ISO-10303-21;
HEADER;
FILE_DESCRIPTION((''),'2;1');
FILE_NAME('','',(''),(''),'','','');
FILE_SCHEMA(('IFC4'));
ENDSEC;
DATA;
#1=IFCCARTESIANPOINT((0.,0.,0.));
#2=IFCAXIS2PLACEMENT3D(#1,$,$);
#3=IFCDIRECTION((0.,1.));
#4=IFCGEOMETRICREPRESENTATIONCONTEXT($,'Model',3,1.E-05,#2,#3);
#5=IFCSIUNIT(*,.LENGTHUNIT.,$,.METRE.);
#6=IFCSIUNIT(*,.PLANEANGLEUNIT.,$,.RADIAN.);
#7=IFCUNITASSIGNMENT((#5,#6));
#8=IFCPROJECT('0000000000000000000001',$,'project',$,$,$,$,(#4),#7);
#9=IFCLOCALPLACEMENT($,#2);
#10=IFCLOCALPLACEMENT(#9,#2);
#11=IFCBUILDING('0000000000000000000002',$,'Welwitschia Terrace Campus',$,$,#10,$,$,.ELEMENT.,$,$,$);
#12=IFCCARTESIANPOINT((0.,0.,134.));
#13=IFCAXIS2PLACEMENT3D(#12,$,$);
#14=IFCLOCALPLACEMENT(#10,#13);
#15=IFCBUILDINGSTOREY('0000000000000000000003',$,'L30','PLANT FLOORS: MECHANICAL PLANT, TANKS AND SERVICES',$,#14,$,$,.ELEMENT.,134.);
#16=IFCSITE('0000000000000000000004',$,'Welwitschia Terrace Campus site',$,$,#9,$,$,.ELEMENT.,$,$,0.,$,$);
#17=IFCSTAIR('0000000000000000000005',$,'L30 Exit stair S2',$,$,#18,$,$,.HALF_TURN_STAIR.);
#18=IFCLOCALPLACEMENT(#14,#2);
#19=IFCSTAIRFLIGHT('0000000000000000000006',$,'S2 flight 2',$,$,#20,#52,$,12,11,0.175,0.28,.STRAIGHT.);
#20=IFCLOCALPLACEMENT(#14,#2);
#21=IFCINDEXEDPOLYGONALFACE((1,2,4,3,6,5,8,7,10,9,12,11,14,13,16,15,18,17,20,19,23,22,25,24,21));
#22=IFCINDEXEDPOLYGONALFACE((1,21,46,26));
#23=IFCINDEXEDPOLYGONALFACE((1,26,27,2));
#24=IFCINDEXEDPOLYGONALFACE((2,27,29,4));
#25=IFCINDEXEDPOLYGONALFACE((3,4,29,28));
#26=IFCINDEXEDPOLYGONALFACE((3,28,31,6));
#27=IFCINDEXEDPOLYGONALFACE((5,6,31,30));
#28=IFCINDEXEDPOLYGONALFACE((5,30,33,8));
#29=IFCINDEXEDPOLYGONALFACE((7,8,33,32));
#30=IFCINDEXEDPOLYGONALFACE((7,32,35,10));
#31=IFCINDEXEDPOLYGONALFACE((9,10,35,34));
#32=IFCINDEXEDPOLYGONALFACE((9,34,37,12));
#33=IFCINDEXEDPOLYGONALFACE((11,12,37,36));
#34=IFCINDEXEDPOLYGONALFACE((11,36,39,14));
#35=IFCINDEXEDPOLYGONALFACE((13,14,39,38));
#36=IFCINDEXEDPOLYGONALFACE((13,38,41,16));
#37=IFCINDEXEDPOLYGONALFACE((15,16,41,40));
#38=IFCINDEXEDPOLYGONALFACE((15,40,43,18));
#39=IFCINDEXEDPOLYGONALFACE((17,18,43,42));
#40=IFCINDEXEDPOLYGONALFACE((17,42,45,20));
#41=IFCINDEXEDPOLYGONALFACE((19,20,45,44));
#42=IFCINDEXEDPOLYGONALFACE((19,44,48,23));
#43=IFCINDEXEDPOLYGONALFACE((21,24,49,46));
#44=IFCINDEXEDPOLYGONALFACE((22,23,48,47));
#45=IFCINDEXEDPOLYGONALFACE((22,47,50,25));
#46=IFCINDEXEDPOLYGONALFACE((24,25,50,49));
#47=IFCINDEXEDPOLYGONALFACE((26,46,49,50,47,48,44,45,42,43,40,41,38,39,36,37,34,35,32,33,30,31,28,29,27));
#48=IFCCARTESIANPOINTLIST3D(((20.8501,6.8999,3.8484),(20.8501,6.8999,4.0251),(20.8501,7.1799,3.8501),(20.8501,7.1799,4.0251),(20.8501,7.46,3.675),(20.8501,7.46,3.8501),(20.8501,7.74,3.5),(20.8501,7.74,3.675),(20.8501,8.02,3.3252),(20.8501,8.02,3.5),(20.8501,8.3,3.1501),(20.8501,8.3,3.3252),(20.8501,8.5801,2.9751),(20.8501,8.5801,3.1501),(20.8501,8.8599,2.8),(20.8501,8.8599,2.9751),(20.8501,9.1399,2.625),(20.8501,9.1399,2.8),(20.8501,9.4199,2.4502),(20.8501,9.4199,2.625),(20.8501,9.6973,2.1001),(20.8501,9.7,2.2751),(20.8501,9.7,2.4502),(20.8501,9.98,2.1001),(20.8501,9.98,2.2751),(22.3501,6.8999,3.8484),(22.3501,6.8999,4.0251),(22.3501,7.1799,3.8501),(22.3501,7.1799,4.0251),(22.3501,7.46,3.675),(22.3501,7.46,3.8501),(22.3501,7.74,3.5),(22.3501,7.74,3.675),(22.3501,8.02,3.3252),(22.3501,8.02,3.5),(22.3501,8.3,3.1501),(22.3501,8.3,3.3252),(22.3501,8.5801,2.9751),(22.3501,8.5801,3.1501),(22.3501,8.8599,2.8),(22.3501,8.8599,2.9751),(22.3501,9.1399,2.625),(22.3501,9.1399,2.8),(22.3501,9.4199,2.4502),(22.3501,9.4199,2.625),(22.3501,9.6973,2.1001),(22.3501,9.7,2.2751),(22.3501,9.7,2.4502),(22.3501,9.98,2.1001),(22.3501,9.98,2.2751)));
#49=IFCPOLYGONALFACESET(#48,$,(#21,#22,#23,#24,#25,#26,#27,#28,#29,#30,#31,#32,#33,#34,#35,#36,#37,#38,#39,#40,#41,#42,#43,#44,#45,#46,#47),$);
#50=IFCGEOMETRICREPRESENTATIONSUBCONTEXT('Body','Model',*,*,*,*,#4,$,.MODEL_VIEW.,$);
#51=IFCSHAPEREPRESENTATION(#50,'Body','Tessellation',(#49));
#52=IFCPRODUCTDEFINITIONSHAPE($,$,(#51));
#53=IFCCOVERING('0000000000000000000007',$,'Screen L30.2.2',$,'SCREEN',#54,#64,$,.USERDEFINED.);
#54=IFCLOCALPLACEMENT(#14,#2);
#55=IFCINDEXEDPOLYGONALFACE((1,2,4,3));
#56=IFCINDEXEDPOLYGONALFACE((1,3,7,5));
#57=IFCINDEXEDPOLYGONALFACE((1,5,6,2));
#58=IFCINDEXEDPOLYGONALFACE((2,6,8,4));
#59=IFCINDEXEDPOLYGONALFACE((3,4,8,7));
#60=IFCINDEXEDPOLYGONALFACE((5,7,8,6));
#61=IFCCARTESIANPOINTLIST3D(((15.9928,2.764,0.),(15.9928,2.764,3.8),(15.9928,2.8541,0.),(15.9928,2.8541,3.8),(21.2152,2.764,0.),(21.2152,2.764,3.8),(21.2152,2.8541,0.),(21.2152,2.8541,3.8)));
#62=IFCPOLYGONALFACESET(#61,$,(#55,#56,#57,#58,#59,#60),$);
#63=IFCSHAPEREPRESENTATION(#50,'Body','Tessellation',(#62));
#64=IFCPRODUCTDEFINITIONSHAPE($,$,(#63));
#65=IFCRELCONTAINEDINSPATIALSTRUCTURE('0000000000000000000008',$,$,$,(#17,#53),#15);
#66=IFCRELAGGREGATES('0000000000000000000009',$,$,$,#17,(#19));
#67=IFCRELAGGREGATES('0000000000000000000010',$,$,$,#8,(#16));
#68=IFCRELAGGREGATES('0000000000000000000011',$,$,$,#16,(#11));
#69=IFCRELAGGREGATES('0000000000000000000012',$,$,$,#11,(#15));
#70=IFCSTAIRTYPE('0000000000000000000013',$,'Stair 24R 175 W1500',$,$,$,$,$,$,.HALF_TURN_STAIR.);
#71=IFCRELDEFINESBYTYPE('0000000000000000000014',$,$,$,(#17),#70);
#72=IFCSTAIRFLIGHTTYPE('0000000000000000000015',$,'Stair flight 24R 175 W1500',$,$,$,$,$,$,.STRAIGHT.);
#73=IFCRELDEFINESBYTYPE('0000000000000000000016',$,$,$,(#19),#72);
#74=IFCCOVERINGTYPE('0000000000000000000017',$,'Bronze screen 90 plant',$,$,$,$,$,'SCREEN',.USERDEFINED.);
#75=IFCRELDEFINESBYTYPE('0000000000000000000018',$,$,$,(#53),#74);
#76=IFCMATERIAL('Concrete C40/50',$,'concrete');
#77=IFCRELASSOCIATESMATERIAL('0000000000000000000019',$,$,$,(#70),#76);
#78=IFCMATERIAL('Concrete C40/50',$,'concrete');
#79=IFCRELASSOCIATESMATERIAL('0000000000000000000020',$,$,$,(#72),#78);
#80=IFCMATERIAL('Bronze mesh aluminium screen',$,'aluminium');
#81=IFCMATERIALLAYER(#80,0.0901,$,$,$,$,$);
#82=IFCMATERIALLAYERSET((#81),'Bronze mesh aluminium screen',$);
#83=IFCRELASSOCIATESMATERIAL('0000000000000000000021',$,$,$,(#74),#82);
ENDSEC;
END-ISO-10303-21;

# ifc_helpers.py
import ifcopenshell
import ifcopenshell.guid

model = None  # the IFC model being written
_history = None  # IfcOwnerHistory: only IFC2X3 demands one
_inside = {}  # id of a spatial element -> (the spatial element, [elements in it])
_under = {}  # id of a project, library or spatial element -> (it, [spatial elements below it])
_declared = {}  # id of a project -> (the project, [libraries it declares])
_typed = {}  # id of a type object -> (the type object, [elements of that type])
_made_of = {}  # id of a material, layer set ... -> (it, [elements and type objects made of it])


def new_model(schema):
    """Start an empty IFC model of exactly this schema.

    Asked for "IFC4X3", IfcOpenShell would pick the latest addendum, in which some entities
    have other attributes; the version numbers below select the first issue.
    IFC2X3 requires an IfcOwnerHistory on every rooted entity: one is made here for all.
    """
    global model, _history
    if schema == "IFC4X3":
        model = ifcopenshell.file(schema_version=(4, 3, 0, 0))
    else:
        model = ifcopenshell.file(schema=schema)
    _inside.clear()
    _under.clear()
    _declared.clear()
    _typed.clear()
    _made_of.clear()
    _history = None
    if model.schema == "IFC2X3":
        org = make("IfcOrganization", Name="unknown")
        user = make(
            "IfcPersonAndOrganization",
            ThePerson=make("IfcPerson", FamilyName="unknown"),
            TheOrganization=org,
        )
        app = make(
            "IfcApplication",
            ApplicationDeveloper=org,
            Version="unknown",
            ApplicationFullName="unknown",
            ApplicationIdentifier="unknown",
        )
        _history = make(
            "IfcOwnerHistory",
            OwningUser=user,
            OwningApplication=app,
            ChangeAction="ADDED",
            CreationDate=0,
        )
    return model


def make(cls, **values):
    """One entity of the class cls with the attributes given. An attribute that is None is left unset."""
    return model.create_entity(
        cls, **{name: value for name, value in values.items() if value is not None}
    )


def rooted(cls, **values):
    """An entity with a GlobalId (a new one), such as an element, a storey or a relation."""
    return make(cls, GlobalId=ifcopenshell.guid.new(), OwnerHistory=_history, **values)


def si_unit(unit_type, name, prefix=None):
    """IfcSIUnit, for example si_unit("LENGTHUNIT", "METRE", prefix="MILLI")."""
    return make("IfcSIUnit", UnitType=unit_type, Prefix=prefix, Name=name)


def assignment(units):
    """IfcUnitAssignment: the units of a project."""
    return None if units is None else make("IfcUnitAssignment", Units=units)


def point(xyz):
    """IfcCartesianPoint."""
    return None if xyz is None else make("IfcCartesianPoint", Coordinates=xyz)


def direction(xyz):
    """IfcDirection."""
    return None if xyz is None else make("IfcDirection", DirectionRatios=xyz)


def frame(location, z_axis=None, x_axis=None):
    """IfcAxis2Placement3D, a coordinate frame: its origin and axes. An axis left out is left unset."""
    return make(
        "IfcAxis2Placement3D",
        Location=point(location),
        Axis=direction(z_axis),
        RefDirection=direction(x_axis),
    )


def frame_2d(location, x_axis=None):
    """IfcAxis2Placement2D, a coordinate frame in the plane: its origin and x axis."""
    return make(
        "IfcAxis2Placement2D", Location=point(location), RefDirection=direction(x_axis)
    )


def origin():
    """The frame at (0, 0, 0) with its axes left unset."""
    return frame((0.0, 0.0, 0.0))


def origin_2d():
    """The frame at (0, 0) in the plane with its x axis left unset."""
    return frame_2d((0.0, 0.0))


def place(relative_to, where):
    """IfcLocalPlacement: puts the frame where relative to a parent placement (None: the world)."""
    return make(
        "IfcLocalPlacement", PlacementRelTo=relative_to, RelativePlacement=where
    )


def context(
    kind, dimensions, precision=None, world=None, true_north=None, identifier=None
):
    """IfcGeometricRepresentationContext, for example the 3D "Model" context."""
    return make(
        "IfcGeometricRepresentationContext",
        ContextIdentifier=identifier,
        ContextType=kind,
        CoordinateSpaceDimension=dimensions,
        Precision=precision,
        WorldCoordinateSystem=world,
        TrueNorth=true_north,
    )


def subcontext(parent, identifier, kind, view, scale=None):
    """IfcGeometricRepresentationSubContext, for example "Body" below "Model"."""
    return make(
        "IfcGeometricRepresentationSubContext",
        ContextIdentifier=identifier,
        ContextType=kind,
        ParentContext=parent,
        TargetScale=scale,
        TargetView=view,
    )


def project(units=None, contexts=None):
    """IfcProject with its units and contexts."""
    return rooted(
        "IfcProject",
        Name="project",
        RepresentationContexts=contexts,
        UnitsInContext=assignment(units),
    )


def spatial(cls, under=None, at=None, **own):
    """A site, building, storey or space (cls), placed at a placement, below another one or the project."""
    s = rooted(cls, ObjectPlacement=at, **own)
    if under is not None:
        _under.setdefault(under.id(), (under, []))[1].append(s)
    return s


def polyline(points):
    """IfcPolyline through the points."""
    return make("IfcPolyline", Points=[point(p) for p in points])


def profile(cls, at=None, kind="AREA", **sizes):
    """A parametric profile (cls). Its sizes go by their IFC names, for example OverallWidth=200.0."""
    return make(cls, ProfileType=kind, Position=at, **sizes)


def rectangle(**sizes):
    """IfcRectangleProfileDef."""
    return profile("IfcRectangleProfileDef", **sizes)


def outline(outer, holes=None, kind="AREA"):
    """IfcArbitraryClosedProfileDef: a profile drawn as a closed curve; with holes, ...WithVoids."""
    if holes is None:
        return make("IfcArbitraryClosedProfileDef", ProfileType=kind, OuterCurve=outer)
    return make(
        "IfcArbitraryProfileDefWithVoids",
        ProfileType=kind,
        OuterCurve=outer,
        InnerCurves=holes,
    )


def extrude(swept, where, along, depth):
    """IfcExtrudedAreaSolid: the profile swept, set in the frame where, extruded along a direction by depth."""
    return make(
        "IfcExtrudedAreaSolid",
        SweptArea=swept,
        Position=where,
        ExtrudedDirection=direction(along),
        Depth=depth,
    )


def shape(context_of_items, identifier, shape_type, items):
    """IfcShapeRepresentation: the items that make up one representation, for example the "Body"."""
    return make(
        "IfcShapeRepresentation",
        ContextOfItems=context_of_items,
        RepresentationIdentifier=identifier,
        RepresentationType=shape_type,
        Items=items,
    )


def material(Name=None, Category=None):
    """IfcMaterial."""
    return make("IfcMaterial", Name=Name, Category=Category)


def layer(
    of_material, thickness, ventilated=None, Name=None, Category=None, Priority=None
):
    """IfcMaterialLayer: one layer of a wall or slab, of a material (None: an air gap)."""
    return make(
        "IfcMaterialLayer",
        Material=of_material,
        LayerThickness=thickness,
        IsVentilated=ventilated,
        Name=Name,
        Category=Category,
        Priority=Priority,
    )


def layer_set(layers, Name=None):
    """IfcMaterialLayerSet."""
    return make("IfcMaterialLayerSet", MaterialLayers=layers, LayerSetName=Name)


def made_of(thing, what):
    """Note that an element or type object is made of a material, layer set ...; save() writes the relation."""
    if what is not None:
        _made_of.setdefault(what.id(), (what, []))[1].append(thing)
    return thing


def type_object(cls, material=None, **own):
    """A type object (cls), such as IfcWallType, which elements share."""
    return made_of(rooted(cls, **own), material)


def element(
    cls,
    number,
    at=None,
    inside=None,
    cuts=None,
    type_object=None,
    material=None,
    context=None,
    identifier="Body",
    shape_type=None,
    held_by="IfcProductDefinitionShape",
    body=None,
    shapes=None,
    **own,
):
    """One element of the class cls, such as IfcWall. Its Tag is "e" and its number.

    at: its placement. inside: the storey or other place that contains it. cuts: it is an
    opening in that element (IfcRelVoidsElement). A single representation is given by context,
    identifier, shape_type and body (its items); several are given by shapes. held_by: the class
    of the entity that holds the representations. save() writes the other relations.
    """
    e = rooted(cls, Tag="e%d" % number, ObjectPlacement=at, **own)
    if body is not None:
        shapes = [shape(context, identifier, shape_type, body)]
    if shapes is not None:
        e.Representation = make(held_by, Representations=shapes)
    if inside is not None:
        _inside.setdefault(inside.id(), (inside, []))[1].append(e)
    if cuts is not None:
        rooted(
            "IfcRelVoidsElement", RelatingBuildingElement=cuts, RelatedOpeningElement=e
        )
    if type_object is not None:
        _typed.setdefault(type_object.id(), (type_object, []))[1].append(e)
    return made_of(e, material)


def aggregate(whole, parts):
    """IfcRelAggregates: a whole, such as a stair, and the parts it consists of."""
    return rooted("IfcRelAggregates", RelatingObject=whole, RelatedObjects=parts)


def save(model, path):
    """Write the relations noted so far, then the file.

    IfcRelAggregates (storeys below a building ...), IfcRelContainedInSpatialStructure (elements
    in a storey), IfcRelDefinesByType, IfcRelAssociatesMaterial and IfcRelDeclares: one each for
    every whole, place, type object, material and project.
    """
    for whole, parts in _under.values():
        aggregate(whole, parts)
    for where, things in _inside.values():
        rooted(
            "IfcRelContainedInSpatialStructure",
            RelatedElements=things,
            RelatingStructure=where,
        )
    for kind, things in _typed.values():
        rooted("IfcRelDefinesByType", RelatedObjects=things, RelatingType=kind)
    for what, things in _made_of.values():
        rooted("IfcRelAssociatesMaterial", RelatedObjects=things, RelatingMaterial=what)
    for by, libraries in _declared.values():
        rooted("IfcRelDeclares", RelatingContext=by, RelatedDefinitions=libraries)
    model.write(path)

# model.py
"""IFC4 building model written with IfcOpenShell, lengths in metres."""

from ifc_helpers import new_model, si_unit, direction, frame, origin, origin_2d, place, context, subcontext, project, spatial, polyline, rectangle, outline, extrude, material, layer, layer_set, type_object, element, aggregate, save


model = new_model("IFC4")

# Units and contexts
model_context = context("Model", 3, precision=1e-05, world=origin(), true_north=direction((0.0, 1.0)))
body_context = subcontext(model_context, "Body", "Model", "MODEL_VIEW")
ifc_project = project(units=[si_unit("LENGTHUNIT", "METRE"), si_unit("PLANEANGLEUNIT", "RADIAN")], contexts=[model_context])

# Site, building, storey
site_placement = place(None, origin())
site = spatial("IfcSite", under=ifc_project, at=site_placement, Name="Welwitschia Terrace Campus site", CompositionType="ELEMENT", RefElevation=0.0)
building_placement = place(site_placement, origin())
building = spatial("IfcBuilding", under=site, at=building_placement, Name="Welwitschia Terrace Campus", CompositionType="ELEMENT")
storey_placement = place(building_placement, frame((0.0, 0.0, 134.0)))
storey = spatial("IfcBuildingStorey", under=building, at=storey_placement, Name="L30", Description="PLANT FLOORS: MECHANICAL PLANT, TANKS AND SERVICES", CompositionType="ELEMENT", Elevation=134.0)

# Stair, stair flight
ifc_material_1 = material(Name="Concrete C40/50", Category="concrete")
stair_type = type_object("IfcStairType", Name="Stair 24R 175 W1500", PredefinedType="HALF_TURN_STAIR", material=ifc_material_1)
stair_placement = place(storey_placement, origin())
stair = element("IfcStair", 1, at=stair_placement, inside=storey, type_object=stair_type, Name="L30 Exit stair S2", PredefinedType="HALF_TURN_STAIR")
ifc_material_2 = material(Name="Concrete C40/50", Category="concrete")
stair_flight_type = type_object("IfcStairFlightType", Name="Stair flight 24R 175 W1500", PredefinedType="STRAIGHT", material=ifc_material_2)
stair_flight_1_placement = place(storey_placement, frame((21.6001, 9.98, 2.1001), z_axis=(0.0, 0.0, 1.0), x_axis=(0.0, -1.0, 0.0)))
stair_flight_1 = element("IfcStairFlight", 2, at=stair_flight_1_placement, type_object=stair_flight_type, Name="S2 flight 2", NumberOfRisers=12, NumberOfTreads=11, PredefinedType="STRAIGHT", RiserHeight=0.175, TreadLength=0.28, context=body_context, shape_type="SweptSolid", body=[
    extrude(outline(polyline([(0.0, 0.0), (0.0, 0.175), (0.28, 0.175), (0.28, 0.3501), (0.5601, 0.3501), (0.5601, 0.5249), (0.8401, 0.5249), (0.8401, 0.7), (1.1201, 0.7), (1.1201, 0.875), (1.3999, 0.875), (1.3999, 1.05), (1.6799, 1.05), (1.6799, 1.2251), (1.96, 1.2251), (1.96, 1.3999), (2.24, 1.3999), (2.24, 1.575), (2.52, 1.575), (2.52, 1.75), (2.8, 1.75), (2.8, 1.925), (3.0801, 1.925), (3.0801, 2.1001), (3.0801, 1.7483), (0.2827, 0.0), (0.0, 0.0)])), frame((0.0, 0.75, 0.0), z_axis=(0.0, -1.0, 0.0), x_axis=(1.0, 0.0, 0.0)), (0.0, 0.0, 1.0), 1.5),
])
aggregate(stair, [stair_flight_1])

# Covering
ifc_material_3 = material(Name="Bronze mesh aluminium screen", Category="aluminium")
ifc_layer_1 = layer(ifc_material_3, 0.0901)
ifc_layer_set_1 = layer_set([ifc_layer_1], Name="Bronze mesh aluminium screen")
covering_type = type_object("IfcCoveringType", Name="Bronze screen 90 plant", ElementType="SCREEN", PredefinedType="USERDEFINED", material=ifc_layer_set_1)
covering_placement = place(storey_placement, frame((18.604, 2.8091, 0.0), z_axis=(0.0, 0.0, 1.0), x_axis=(1.0, 0.0, 0.0)))
element("IfcCovering", 3, at=covering_placement, inside=storey, type_object=covering_type, Name="Screen L30.2.2", ObjectType="SCREEN", PredefinedType="USERDEFINED", context=body_context, shape_type="SweptSolid", body=[
    extrude(rectangle(XDim=5.2224, YDim=0.0901, at=origin_2d()), origin(), (0.0, 0.0, 1.0), 3.8),
])

save(model, "model.ifc")
